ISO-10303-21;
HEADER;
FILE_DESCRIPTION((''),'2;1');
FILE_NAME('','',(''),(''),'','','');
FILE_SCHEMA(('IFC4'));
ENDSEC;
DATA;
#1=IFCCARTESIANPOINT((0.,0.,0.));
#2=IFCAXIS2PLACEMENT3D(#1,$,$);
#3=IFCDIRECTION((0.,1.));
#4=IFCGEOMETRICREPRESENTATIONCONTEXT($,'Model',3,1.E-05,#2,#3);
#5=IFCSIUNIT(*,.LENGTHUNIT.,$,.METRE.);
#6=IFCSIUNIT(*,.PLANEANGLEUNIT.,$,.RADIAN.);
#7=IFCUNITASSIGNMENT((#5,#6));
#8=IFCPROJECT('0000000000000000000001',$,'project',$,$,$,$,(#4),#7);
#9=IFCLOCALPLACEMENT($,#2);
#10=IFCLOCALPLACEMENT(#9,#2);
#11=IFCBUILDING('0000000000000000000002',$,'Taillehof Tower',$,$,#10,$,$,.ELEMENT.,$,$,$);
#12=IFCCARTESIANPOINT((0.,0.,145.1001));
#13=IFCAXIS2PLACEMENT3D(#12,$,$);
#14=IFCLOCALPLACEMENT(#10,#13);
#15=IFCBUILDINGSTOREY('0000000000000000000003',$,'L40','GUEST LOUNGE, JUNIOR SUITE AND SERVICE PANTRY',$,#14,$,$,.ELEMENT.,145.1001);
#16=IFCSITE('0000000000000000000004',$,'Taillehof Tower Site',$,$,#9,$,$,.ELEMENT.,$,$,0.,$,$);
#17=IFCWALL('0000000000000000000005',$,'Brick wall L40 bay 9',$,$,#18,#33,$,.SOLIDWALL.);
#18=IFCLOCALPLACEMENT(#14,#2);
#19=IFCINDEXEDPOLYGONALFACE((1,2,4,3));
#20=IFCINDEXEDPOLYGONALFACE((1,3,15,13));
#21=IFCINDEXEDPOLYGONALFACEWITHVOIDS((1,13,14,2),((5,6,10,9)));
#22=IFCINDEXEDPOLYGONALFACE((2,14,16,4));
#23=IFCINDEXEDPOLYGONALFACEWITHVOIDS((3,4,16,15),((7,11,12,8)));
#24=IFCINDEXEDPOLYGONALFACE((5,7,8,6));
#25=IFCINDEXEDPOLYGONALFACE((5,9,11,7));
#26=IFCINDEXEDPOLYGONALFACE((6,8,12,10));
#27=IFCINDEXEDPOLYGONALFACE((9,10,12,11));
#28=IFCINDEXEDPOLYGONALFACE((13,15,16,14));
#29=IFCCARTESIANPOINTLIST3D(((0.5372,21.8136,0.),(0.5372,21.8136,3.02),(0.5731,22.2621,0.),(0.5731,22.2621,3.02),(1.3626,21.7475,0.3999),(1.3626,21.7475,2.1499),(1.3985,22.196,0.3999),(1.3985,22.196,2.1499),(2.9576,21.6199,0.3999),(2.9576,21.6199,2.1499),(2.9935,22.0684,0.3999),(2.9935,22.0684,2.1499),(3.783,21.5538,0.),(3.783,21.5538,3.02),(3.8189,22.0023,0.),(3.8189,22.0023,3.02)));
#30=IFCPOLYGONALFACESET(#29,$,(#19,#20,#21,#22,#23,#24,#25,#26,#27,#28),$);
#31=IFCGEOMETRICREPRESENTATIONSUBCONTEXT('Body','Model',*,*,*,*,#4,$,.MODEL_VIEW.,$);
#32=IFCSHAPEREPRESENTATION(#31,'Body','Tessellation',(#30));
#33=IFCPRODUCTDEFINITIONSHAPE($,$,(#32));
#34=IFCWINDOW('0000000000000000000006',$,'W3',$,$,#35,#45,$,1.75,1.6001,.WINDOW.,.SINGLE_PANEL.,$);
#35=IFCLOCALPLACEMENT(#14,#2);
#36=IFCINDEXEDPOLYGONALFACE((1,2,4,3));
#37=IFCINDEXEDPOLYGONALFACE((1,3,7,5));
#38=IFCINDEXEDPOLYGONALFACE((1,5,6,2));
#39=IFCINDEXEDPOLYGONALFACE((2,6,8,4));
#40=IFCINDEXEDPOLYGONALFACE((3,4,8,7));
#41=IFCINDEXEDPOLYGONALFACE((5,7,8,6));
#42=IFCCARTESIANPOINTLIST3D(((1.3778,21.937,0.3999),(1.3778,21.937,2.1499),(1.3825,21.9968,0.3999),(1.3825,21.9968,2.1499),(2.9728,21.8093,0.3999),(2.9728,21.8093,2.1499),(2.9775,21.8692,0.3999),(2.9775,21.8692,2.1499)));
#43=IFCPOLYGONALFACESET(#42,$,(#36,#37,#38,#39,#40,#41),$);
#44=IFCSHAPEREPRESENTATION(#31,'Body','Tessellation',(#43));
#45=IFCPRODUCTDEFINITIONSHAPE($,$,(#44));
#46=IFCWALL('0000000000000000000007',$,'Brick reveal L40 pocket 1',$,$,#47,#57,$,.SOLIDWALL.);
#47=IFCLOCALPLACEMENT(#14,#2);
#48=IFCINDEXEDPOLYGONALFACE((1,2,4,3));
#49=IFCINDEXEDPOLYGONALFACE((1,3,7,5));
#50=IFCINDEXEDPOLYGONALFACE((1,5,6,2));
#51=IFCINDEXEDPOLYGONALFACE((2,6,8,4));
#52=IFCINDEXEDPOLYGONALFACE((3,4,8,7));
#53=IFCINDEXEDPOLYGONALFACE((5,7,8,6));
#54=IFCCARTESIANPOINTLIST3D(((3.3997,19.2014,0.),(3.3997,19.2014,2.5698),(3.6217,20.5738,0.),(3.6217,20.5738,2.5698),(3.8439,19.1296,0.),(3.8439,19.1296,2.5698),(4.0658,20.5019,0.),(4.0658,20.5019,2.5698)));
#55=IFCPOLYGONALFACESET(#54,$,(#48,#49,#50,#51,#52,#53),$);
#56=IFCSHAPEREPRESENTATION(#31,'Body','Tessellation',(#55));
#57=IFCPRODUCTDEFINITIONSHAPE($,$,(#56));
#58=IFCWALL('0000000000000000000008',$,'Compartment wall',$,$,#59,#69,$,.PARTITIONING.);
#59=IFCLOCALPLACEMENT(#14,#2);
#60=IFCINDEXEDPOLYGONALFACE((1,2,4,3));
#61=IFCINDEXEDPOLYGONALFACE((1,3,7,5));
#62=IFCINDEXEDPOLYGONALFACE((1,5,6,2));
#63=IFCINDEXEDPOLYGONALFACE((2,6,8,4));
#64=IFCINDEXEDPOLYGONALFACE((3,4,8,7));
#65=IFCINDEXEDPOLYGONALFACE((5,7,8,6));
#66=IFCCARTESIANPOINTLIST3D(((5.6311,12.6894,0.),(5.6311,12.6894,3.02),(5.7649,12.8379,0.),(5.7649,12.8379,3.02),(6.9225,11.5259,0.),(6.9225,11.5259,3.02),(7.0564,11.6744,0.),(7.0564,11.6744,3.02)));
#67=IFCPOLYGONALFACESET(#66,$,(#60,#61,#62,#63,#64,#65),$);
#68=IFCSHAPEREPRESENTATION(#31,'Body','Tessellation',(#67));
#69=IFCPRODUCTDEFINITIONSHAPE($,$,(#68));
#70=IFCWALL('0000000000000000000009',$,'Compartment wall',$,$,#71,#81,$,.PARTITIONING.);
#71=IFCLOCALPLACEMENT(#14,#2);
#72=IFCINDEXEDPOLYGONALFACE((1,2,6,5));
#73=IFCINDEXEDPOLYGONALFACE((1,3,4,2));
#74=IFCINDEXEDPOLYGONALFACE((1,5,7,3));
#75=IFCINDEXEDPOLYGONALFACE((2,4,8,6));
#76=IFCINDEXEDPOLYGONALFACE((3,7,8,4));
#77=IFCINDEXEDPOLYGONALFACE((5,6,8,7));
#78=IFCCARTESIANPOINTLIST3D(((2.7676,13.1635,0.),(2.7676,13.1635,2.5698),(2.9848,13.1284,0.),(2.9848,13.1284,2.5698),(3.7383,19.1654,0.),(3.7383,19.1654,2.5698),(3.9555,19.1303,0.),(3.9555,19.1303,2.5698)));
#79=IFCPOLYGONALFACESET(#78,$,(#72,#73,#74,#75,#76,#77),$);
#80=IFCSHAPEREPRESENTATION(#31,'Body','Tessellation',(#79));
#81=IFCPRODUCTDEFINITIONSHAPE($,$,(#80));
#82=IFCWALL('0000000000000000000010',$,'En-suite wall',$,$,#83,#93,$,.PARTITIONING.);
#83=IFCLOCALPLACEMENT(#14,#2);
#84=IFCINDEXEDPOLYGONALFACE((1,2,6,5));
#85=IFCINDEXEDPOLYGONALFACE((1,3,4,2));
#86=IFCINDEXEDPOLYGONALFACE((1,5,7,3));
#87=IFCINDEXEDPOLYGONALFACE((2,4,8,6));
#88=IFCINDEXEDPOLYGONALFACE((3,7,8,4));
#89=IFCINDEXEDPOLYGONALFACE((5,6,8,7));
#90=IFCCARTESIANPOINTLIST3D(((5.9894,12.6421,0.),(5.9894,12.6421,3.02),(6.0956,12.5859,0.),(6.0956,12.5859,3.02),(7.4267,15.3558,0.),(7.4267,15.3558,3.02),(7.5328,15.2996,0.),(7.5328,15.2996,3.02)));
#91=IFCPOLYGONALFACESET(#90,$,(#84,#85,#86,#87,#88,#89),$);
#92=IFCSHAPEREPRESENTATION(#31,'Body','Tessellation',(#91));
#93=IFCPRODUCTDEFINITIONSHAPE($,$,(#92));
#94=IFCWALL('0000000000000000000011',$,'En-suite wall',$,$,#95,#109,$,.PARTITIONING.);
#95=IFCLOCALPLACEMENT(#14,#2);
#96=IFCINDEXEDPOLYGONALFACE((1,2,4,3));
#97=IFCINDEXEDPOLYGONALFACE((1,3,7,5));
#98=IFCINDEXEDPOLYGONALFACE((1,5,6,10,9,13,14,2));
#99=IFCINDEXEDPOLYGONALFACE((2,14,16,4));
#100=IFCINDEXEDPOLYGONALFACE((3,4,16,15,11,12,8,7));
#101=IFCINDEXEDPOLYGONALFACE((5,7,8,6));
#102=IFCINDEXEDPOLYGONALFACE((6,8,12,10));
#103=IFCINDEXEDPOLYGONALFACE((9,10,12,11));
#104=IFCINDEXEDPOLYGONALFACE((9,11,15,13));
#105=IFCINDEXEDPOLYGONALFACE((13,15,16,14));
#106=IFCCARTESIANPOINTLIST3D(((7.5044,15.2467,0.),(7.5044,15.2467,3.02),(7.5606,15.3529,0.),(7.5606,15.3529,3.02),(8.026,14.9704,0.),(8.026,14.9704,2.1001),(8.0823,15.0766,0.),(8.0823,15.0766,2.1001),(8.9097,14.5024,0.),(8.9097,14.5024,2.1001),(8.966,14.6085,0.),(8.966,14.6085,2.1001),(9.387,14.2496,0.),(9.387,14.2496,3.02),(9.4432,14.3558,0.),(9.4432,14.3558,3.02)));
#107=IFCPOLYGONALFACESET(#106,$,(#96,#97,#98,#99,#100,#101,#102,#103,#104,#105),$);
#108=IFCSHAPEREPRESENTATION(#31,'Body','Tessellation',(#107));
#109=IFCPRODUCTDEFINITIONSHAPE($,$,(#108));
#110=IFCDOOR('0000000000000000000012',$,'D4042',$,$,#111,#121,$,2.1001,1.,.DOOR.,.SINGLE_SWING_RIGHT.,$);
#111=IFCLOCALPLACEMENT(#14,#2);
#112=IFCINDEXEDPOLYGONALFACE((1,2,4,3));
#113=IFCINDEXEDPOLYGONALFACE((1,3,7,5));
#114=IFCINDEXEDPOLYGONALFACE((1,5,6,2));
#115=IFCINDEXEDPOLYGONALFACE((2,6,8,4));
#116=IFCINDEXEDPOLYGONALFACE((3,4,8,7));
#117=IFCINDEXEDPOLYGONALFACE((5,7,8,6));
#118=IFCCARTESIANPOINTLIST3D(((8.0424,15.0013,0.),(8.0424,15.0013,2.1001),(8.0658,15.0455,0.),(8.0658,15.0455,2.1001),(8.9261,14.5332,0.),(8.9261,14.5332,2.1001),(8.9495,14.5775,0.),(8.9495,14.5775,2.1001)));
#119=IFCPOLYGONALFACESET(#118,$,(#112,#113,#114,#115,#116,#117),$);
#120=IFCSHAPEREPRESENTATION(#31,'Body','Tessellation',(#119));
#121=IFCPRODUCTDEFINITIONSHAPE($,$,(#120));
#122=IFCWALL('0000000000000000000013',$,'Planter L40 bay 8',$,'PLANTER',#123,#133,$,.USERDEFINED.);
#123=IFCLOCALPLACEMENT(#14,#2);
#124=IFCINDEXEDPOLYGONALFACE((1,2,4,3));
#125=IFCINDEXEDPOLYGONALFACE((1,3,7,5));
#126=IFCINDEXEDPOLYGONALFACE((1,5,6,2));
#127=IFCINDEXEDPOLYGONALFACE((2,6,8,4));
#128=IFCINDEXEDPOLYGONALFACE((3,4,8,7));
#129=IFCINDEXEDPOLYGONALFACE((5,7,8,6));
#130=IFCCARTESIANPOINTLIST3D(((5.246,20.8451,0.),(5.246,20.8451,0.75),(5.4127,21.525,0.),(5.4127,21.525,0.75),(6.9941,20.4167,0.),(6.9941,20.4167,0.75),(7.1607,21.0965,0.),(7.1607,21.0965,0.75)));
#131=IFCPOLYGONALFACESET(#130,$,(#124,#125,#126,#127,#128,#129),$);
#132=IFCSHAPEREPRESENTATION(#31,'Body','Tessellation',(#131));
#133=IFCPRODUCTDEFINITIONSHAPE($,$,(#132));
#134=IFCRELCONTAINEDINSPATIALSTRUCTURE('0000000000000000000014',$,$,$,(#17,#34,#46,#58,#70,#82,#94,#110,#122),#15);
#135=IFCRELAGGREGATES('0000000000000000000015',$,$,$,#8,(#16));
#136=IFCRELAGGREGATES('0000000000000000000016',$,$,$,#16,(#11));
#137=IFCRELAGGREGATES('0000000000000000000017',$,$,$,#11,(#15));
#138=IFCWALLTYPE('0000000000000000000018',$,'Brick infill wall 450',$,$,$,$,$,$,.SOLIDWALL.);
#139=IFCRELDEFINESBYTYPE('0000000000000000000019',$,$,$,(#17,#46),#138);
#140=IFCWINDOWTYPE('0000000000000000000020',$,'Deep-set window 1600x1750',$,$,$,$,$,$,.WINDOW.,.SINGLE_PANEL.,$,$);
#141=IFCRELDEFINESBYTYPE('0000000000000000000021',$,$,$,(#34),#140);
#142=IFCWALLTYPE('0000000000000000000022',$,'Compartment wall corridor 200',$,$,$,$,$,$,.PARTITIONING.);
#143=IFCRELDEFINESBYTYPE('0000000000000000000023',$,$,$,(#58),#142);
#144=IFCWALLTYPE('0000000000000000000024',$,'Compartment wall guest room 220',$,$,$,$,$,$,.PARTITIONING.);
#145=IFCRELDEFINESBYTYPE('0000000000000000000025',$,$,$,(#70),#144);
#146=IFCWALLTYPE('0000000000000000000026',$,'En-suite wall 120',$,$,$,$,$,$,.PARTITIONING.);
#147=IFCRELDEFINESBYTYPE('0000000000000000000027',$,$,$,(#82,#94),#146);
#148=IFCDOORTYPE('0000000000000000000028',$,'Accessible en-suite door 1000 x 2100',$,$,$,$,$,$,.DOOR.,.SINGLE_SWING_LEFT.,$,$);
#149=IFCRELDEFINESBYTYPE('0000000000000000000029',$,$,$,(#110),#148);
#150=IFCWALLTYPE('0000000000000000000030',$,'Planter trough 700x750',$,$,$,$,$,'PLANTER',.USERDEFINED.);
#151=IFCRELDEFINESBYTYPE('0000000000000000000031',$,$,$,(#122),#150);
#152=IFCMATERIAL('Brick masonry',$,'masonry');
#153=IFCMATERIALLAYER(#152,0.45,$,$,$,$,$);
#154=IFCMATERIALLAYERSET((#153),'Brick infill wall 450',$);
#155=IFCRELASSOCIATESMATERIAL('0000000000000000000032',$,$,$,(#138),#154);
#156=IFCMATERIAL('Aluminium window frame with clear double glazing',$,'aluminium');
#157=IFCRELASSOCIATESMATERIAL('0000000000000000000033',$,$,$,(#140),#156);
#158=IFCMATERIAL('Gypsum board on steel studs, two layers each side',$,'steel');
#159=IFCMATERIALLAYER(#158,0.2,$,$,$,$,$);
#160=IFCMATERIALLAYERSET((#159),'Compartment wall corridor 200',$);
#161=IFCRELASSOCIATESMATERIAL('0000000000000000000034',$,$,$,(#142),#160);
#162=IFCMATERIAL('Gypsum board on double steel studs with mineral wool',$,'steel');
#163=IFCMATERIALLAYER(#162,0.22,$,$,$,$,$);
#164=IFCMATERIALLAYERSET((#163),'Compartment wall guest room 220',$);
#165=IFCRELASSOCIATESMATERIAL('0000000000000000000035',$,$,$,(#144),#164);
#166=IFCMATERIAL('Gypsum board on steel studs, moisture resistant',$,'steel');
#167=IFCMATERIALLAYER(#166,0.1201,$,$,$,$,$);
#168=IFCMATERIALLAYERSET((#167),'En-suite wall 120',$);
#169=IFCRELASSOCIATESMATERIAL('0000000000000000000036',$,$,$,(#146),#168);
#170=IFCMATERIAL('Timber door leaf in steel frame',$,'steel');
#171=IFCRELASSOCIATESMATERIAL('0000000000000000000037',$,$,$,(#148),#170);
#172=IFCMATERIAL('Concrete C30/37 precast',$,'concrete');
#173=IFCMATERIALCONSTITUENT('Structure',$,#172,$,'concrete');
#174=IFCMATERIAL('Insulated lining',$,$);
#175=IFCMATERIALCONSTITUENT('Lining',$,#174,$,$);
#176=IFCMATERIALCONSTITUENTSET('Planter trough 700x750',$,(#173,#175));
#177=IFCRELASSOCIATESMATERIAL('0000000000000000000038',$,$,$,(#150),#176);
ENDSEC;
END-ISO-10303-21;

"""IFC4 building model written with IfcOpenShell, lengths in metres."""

from ifc_helpers import new_model, si_unit, direction, frame, frame_2d, origin, place, context, subcontext, project, spatial, rectangle, extrude, material, layer, layer_set, constituent, constituent_set, type_object, element, fill, save


model = new_model("IFC4")

# Units and contexts
model_context = context("Model", 3, precision=1e-05, world=origin(), true_north=direction((0.0, 1.0)))
body_context = subcontext(model_context, "Body", "Model", "MODEL_VIEW")
ifc_project = project(units=[si_unit("LENGTHUNIT", "METRE"), si_unit("PLANEANGLEUNIT", "RADIAN")], contexts=[model_context])

# Site, building, storey
site_placement = place(None, origin())
site = spatial("IfcSite", under=ifc_project, at=site_placement, Name="Taillehof Tower Site", CompositionType="ELEMENT", RefElevation=0.0)
building_placement = place(site_placement, origin())
building = spatial("IfcBuilding", under=site, at=building_placement, Name="Taillehof Tower", CompositionType="ELEMENT")
storey_placement = place(building_placement, frame((0.0, 0.0, 145.1001)))
storey = spatial("IfcBuildingStorey", under=building, at=storey_placement, Name="L40", Description="GUEST LOUNGE, JUNIOR SUITE AND SERVICE PANTRY", CompositionType="ELEMENT", Elevation=145.1001)

# Wall, opening, window
ifc_material_1 = material(Name="Brick masonry", Category="masonry")
ifc_layer_1 = layer(ifc_material_1, 0.45)
ifc_layer_set_1 = layer_set([ifc_layer_1], Name="Brick infill wall 450")
wall_type_1 = type_object("IfcWallType", Name="Brick infill wall 450", PredefinedType="SOLIDWALL", material=ifc_layer_set_1)
wall_1_placement = place(storey_placement, frame((3.8008, 21.7781, 0.0), z_axis=(0.0, 0.0, 1.0), x_axis=(-0.996812, 0.079781, 0.0)))
wall_1 = element("IfcWall", 1, at=wall_1_placement, inside=storey, type_object=wall_type_1, Name="Brick wall L40 bay 9", PredefinedType="SOLIDWALL", context=body_context, shape_type="SweptSolid", body=[
    extrude(rectangle(XDim=3.2561, YDim=0.45, at=frame_2d((1.6279, 0.0))), origin(), (0.0, 0.0, 1.0), 3.02),
])
opening_1_placement = place(wall_1_placement, frame((0.8279, 0.0, 0.3999)))
opening_1 = element("IfcOpeningElement", 2, at=opening_1_placement, cuts=wall_1, PredefinedType="OPENING", context=body_context, shape_type="SweptSolid", body=[
    extrude(rectangle(XDim=1.6001, YDim=1.75, at=frame_2d((0.8, 0.875))), frame((0.0, 0.2349, 0.0), z_axis=(0.0, -1.0, 0.0), x_axis=(1.0, 0.0, 0.0)), (0.0, 0.0, 1.0), 0.47),
])
ifc_material_2 = material(Name="Aluminium window frame with clear double glazing", Category="aluminium")
window_type_1 = type_object("IfcWindowType", Name="Deep-set window 1600x1750", PartitioningType="SINGLE_PANEL", PredefinedType="WINDOW", material=ifc_material_2)
window_1_placement = place(opening_1_placement, origin())
window_1 = element("IfcWindow", 3, at=window_1_placement, inside=storey, type_object=window_type_1, Name="W3", OverallHeight=1.75, OverallWidth=1.6001, PartitioningType="SINGLE_PANEL", PredefinedType="WINDOW", context=body_context, shape_type="SweptSolid", body=[
    extrude(rectangle(XDim=1.6001, YDim=1.75, at=frame_2d((0.8, 0.875))), frame((0.0, 0.0349, 0.0), z_axis=(0.0, -1.0, 0.0), x_axis=(1.0, 0.0, 0.0)), (0.0, 0.0, 1.0), 0.0601),
])
fill(opening_1, window_1)

# Wall
wall_2_placement = place(storey_placement, frame((3.8438, 20.5378, 0.0), z_axis=(0.0, 0.0, 1.0), x_axis=(-0.159641, -0.987175, 0.0)))
element("IfcWall", 4, at=wall_2_placement, inside=storey, type_object=wall_type_1, Name="Brick reveal L40 pocket 1", PredefinedType="SOLIDWALL", context=body_context, shape_type="SweptSolid", body=[
    extrude(rectangle(XDim=1.3901, YDim=0.45, at=frame_2d((0.6951, 0.0))), origin(), (0.0, 0.0, 1.0), 2.5698),
])

# Walls
ifc_material_3 = material(Name="Gypsum board on steel studs, two layers each side", Category="steel")
ifc_layer_2 = layer(ifc_material_3, 0.2)
ifc_layer_set_2 = layer_set([ifc_layer_2], Name="Compartment wall corridor 200")
wall_type_2 = type_object("IfcWallType", Name="Compartment wall corridor 200", PredefinedType="PARTITIONING", material=ifc_layer_set_2)
wall_3_placement = place(storey_placement, frame((5.698, 12.7637, 0.0), z_axis=(0.0, 0.0, 1.0), x_axis=(0.742945, -0.669353, 0.0)))
element("IfcWall", 5, at=wall_3_placement, inside=storey, type_object=wall_type_2, Name="Compartment wall", PredefinedType="PARTITIONING", context=body_context, shape_type="SweptSolid", body=[
    extrude(rectangle(XDim=1.7383, YDim=0.2, at=frame_2d((0.8691, 0.0))), origin(), (0.0, 0.0, 1.0), 3.02),
])
ifc_material_4 = material(Name="Gypsum board on double steel studs with mineral wool", Category="steel")
ifc_layer_3 = layer(ifc_material_4, 0.22)
ifc_layer_set_3 = layer_set([ifc_layer_3], Name="Compartment wall guest room 220")
wall_type_3 = type_object("IfcWallType", Name="Compartment wall guest room 220", PredefinedType="PARTITIONING", material=ifc_layer_set_3)
wall_4_placement = place(storey_placement, frame((3.8469, 19.1479, 0.0), z_axis=(0.0, 0.0, 1.0), x_axis=(-0.159657, -0.987173, 0.0)))
element("IfcWall", 6, at=wall_4_placement, inside=storey, type_object=wall_type_3, Name="Compartment wall", PredefinedType="PARTITIONING", context=body_context, shape_type="SweptSolid", body=[
    extrude(rectangle(XDim=6.0798, YDim=0.22, at=frame_2d((3.04, 0.0))), origin(), (0.0, 0.0, 1.0), 2.5698),
])
ifc_material_5 = material(Name="Gypsum board on steel studs, moisture resistant", Category="steel")
ifc_layer_4 = layer(ifc_material_5, 0.1201)
ifc_layer_set_4 = layer_set([ifc_layer_4], Name="En-suite wall 120")
wall_type_4 = type_object("IfcWallType", Name="En-suite wall 120", PredefinedType="PARTITIONING", material=ifc_layer_set_4)
wall_5_placement = place(storey_placement, frame((6.0425, 12.614, 0.0), z_axis=(0.0, 0.0, 1.0), x_axis=(0.468048, 0.883703, 0.0)))
element("IfcWall", 7, at=wall_5_placement, inside=storey, type_object=wall_type_4, Name="En-suite wall", PredefinedType="PARTITIONING", context=body_context, shape_type="SweptSolid", body=[
    extrude(rectangle(XDim=3.0708, YDim=0.1201, at=frame_2d((1.5354, 0.0))), origin(), (0.0, 0.0, 1.0), 3.02),
])

# Wall, opening, door
wall_6_placement = place(storey_placement, frame((7.5325, 15.2998, 0.0), z_axis=(0.0, 0.0, 1.0), x_axis=(0.883707, -0.46804, 0.0)))
wall_6 = element("IfcWall", 8, at=wall_6_placement, inside=storey, type_object=wall_type_4, Name="En-suite wall", PredefinedType="PARTITIONING", context=body_context, shape_type="SweptSolid", body=[
    extrude(rectangle(XDim=2.1304, YDim=0.1201, at=frame_2d((1.0652, 0.0))), origin(), (0.0, 0.0, 1.0), 3.02),
])
opening_2_placement = place(wall_6_placement, frame((0.5903, 0.0, 0.0)))
opening_2 = element("IfcOpeningElement", 9, at=opening_2_placement, cuts=wall_6, PredefinedType="OPENING", context=body_context, shape_type="SweptSolid", body=[
    extrude(rectangle(XDim=1.0, YDim=2.1001, at=frame_2d((0.5, 1.05))), frame((0.0, 0.0701, 0.0), z_axis=(0.0, -1.0, 0.0), x_axis=(1.0, 0.0, 0.0)), (0.0, 0.0, 1.0), 0.1401),
])
ifc_material_6 = material(Name="Timber door leaf in steel frame", Category="steel")
door_type_1 = type_object("IfcDoorType", Name="Accessible en-suite door 1000 x 2100", OperationType="SINGLE_SWING_LEFT", PredefinedType="DOOR", material=ifc_material_6)
door_1_placement = place(opening_2_placement, origin())
door_1 = element("IfcDoor", 10, at=door_1_placement, inside=storey, type_object=door_type_1, Name="D4042", OperationType="SINGLE_SWING_RIGHT", OverallHeight=2.1001, OverallWidth=1.0, PredefinedType="DOOR", context=body_context, shape_type="SweptSolid", body=[
    extrude(rectangle(XDim=1.0, YDim=2.1001, at=frame_2d((0.5, 1.05))), frame((0.0, 0.0249, 0.0), z_axis=(0.0, -1.0, 0.0), x_axis=(1.0, 0.0, 0.0)), (0.0, 0.0, 1.0), 0.05),
])
fill(opening_2, door_1)

# Wall
ifc_material_7 = material(Name="Concrete C30/37 precast", Category="concrete")
ifc_constituent_1 = constituent(ifc_material_7, Name="Structure", Category="concrete")
ifc_material_8 = material(Name="Insulated lining")
ifc_constituent_2 = constituent(ifc_material_8, Name="Lining")
ifc_constituent_set = constituent_set(constituents=[ifc_constituent_1, ifc_constituent_2], Name="Planter trough 700x750")
wall_type_5 = type_object("IfcWallType", Name="Planter trough 700x750", ElementType="PLANTER", PredefinedType="USERDEFINED", material=ifc_constituent_set)
wall_7_placement = place(storey_placement, frame((7.0774, 20.7566, 0.0), z_axis=(0.0, 0.0, 1.0), x_axis=(-0.971249, 0.238065, 0.0)))
element("IfcWall", 11, at=wall_7_placement, inside=storey, type_object=wall_type_5, Name="Planter L40 bay 8", ObjectType="PLANTER", PredefinedType="USERDEFINED", context=body_context, shape_type="SweptSolid", body=[
    extrude(rectangle(XDim=1.7998, YDim=0.7, at=frame_2d((0.8999, 0.0))), origin(), (0.0, 0.0, 1.0), 0.75),
])

save(model, "model.ifc")
